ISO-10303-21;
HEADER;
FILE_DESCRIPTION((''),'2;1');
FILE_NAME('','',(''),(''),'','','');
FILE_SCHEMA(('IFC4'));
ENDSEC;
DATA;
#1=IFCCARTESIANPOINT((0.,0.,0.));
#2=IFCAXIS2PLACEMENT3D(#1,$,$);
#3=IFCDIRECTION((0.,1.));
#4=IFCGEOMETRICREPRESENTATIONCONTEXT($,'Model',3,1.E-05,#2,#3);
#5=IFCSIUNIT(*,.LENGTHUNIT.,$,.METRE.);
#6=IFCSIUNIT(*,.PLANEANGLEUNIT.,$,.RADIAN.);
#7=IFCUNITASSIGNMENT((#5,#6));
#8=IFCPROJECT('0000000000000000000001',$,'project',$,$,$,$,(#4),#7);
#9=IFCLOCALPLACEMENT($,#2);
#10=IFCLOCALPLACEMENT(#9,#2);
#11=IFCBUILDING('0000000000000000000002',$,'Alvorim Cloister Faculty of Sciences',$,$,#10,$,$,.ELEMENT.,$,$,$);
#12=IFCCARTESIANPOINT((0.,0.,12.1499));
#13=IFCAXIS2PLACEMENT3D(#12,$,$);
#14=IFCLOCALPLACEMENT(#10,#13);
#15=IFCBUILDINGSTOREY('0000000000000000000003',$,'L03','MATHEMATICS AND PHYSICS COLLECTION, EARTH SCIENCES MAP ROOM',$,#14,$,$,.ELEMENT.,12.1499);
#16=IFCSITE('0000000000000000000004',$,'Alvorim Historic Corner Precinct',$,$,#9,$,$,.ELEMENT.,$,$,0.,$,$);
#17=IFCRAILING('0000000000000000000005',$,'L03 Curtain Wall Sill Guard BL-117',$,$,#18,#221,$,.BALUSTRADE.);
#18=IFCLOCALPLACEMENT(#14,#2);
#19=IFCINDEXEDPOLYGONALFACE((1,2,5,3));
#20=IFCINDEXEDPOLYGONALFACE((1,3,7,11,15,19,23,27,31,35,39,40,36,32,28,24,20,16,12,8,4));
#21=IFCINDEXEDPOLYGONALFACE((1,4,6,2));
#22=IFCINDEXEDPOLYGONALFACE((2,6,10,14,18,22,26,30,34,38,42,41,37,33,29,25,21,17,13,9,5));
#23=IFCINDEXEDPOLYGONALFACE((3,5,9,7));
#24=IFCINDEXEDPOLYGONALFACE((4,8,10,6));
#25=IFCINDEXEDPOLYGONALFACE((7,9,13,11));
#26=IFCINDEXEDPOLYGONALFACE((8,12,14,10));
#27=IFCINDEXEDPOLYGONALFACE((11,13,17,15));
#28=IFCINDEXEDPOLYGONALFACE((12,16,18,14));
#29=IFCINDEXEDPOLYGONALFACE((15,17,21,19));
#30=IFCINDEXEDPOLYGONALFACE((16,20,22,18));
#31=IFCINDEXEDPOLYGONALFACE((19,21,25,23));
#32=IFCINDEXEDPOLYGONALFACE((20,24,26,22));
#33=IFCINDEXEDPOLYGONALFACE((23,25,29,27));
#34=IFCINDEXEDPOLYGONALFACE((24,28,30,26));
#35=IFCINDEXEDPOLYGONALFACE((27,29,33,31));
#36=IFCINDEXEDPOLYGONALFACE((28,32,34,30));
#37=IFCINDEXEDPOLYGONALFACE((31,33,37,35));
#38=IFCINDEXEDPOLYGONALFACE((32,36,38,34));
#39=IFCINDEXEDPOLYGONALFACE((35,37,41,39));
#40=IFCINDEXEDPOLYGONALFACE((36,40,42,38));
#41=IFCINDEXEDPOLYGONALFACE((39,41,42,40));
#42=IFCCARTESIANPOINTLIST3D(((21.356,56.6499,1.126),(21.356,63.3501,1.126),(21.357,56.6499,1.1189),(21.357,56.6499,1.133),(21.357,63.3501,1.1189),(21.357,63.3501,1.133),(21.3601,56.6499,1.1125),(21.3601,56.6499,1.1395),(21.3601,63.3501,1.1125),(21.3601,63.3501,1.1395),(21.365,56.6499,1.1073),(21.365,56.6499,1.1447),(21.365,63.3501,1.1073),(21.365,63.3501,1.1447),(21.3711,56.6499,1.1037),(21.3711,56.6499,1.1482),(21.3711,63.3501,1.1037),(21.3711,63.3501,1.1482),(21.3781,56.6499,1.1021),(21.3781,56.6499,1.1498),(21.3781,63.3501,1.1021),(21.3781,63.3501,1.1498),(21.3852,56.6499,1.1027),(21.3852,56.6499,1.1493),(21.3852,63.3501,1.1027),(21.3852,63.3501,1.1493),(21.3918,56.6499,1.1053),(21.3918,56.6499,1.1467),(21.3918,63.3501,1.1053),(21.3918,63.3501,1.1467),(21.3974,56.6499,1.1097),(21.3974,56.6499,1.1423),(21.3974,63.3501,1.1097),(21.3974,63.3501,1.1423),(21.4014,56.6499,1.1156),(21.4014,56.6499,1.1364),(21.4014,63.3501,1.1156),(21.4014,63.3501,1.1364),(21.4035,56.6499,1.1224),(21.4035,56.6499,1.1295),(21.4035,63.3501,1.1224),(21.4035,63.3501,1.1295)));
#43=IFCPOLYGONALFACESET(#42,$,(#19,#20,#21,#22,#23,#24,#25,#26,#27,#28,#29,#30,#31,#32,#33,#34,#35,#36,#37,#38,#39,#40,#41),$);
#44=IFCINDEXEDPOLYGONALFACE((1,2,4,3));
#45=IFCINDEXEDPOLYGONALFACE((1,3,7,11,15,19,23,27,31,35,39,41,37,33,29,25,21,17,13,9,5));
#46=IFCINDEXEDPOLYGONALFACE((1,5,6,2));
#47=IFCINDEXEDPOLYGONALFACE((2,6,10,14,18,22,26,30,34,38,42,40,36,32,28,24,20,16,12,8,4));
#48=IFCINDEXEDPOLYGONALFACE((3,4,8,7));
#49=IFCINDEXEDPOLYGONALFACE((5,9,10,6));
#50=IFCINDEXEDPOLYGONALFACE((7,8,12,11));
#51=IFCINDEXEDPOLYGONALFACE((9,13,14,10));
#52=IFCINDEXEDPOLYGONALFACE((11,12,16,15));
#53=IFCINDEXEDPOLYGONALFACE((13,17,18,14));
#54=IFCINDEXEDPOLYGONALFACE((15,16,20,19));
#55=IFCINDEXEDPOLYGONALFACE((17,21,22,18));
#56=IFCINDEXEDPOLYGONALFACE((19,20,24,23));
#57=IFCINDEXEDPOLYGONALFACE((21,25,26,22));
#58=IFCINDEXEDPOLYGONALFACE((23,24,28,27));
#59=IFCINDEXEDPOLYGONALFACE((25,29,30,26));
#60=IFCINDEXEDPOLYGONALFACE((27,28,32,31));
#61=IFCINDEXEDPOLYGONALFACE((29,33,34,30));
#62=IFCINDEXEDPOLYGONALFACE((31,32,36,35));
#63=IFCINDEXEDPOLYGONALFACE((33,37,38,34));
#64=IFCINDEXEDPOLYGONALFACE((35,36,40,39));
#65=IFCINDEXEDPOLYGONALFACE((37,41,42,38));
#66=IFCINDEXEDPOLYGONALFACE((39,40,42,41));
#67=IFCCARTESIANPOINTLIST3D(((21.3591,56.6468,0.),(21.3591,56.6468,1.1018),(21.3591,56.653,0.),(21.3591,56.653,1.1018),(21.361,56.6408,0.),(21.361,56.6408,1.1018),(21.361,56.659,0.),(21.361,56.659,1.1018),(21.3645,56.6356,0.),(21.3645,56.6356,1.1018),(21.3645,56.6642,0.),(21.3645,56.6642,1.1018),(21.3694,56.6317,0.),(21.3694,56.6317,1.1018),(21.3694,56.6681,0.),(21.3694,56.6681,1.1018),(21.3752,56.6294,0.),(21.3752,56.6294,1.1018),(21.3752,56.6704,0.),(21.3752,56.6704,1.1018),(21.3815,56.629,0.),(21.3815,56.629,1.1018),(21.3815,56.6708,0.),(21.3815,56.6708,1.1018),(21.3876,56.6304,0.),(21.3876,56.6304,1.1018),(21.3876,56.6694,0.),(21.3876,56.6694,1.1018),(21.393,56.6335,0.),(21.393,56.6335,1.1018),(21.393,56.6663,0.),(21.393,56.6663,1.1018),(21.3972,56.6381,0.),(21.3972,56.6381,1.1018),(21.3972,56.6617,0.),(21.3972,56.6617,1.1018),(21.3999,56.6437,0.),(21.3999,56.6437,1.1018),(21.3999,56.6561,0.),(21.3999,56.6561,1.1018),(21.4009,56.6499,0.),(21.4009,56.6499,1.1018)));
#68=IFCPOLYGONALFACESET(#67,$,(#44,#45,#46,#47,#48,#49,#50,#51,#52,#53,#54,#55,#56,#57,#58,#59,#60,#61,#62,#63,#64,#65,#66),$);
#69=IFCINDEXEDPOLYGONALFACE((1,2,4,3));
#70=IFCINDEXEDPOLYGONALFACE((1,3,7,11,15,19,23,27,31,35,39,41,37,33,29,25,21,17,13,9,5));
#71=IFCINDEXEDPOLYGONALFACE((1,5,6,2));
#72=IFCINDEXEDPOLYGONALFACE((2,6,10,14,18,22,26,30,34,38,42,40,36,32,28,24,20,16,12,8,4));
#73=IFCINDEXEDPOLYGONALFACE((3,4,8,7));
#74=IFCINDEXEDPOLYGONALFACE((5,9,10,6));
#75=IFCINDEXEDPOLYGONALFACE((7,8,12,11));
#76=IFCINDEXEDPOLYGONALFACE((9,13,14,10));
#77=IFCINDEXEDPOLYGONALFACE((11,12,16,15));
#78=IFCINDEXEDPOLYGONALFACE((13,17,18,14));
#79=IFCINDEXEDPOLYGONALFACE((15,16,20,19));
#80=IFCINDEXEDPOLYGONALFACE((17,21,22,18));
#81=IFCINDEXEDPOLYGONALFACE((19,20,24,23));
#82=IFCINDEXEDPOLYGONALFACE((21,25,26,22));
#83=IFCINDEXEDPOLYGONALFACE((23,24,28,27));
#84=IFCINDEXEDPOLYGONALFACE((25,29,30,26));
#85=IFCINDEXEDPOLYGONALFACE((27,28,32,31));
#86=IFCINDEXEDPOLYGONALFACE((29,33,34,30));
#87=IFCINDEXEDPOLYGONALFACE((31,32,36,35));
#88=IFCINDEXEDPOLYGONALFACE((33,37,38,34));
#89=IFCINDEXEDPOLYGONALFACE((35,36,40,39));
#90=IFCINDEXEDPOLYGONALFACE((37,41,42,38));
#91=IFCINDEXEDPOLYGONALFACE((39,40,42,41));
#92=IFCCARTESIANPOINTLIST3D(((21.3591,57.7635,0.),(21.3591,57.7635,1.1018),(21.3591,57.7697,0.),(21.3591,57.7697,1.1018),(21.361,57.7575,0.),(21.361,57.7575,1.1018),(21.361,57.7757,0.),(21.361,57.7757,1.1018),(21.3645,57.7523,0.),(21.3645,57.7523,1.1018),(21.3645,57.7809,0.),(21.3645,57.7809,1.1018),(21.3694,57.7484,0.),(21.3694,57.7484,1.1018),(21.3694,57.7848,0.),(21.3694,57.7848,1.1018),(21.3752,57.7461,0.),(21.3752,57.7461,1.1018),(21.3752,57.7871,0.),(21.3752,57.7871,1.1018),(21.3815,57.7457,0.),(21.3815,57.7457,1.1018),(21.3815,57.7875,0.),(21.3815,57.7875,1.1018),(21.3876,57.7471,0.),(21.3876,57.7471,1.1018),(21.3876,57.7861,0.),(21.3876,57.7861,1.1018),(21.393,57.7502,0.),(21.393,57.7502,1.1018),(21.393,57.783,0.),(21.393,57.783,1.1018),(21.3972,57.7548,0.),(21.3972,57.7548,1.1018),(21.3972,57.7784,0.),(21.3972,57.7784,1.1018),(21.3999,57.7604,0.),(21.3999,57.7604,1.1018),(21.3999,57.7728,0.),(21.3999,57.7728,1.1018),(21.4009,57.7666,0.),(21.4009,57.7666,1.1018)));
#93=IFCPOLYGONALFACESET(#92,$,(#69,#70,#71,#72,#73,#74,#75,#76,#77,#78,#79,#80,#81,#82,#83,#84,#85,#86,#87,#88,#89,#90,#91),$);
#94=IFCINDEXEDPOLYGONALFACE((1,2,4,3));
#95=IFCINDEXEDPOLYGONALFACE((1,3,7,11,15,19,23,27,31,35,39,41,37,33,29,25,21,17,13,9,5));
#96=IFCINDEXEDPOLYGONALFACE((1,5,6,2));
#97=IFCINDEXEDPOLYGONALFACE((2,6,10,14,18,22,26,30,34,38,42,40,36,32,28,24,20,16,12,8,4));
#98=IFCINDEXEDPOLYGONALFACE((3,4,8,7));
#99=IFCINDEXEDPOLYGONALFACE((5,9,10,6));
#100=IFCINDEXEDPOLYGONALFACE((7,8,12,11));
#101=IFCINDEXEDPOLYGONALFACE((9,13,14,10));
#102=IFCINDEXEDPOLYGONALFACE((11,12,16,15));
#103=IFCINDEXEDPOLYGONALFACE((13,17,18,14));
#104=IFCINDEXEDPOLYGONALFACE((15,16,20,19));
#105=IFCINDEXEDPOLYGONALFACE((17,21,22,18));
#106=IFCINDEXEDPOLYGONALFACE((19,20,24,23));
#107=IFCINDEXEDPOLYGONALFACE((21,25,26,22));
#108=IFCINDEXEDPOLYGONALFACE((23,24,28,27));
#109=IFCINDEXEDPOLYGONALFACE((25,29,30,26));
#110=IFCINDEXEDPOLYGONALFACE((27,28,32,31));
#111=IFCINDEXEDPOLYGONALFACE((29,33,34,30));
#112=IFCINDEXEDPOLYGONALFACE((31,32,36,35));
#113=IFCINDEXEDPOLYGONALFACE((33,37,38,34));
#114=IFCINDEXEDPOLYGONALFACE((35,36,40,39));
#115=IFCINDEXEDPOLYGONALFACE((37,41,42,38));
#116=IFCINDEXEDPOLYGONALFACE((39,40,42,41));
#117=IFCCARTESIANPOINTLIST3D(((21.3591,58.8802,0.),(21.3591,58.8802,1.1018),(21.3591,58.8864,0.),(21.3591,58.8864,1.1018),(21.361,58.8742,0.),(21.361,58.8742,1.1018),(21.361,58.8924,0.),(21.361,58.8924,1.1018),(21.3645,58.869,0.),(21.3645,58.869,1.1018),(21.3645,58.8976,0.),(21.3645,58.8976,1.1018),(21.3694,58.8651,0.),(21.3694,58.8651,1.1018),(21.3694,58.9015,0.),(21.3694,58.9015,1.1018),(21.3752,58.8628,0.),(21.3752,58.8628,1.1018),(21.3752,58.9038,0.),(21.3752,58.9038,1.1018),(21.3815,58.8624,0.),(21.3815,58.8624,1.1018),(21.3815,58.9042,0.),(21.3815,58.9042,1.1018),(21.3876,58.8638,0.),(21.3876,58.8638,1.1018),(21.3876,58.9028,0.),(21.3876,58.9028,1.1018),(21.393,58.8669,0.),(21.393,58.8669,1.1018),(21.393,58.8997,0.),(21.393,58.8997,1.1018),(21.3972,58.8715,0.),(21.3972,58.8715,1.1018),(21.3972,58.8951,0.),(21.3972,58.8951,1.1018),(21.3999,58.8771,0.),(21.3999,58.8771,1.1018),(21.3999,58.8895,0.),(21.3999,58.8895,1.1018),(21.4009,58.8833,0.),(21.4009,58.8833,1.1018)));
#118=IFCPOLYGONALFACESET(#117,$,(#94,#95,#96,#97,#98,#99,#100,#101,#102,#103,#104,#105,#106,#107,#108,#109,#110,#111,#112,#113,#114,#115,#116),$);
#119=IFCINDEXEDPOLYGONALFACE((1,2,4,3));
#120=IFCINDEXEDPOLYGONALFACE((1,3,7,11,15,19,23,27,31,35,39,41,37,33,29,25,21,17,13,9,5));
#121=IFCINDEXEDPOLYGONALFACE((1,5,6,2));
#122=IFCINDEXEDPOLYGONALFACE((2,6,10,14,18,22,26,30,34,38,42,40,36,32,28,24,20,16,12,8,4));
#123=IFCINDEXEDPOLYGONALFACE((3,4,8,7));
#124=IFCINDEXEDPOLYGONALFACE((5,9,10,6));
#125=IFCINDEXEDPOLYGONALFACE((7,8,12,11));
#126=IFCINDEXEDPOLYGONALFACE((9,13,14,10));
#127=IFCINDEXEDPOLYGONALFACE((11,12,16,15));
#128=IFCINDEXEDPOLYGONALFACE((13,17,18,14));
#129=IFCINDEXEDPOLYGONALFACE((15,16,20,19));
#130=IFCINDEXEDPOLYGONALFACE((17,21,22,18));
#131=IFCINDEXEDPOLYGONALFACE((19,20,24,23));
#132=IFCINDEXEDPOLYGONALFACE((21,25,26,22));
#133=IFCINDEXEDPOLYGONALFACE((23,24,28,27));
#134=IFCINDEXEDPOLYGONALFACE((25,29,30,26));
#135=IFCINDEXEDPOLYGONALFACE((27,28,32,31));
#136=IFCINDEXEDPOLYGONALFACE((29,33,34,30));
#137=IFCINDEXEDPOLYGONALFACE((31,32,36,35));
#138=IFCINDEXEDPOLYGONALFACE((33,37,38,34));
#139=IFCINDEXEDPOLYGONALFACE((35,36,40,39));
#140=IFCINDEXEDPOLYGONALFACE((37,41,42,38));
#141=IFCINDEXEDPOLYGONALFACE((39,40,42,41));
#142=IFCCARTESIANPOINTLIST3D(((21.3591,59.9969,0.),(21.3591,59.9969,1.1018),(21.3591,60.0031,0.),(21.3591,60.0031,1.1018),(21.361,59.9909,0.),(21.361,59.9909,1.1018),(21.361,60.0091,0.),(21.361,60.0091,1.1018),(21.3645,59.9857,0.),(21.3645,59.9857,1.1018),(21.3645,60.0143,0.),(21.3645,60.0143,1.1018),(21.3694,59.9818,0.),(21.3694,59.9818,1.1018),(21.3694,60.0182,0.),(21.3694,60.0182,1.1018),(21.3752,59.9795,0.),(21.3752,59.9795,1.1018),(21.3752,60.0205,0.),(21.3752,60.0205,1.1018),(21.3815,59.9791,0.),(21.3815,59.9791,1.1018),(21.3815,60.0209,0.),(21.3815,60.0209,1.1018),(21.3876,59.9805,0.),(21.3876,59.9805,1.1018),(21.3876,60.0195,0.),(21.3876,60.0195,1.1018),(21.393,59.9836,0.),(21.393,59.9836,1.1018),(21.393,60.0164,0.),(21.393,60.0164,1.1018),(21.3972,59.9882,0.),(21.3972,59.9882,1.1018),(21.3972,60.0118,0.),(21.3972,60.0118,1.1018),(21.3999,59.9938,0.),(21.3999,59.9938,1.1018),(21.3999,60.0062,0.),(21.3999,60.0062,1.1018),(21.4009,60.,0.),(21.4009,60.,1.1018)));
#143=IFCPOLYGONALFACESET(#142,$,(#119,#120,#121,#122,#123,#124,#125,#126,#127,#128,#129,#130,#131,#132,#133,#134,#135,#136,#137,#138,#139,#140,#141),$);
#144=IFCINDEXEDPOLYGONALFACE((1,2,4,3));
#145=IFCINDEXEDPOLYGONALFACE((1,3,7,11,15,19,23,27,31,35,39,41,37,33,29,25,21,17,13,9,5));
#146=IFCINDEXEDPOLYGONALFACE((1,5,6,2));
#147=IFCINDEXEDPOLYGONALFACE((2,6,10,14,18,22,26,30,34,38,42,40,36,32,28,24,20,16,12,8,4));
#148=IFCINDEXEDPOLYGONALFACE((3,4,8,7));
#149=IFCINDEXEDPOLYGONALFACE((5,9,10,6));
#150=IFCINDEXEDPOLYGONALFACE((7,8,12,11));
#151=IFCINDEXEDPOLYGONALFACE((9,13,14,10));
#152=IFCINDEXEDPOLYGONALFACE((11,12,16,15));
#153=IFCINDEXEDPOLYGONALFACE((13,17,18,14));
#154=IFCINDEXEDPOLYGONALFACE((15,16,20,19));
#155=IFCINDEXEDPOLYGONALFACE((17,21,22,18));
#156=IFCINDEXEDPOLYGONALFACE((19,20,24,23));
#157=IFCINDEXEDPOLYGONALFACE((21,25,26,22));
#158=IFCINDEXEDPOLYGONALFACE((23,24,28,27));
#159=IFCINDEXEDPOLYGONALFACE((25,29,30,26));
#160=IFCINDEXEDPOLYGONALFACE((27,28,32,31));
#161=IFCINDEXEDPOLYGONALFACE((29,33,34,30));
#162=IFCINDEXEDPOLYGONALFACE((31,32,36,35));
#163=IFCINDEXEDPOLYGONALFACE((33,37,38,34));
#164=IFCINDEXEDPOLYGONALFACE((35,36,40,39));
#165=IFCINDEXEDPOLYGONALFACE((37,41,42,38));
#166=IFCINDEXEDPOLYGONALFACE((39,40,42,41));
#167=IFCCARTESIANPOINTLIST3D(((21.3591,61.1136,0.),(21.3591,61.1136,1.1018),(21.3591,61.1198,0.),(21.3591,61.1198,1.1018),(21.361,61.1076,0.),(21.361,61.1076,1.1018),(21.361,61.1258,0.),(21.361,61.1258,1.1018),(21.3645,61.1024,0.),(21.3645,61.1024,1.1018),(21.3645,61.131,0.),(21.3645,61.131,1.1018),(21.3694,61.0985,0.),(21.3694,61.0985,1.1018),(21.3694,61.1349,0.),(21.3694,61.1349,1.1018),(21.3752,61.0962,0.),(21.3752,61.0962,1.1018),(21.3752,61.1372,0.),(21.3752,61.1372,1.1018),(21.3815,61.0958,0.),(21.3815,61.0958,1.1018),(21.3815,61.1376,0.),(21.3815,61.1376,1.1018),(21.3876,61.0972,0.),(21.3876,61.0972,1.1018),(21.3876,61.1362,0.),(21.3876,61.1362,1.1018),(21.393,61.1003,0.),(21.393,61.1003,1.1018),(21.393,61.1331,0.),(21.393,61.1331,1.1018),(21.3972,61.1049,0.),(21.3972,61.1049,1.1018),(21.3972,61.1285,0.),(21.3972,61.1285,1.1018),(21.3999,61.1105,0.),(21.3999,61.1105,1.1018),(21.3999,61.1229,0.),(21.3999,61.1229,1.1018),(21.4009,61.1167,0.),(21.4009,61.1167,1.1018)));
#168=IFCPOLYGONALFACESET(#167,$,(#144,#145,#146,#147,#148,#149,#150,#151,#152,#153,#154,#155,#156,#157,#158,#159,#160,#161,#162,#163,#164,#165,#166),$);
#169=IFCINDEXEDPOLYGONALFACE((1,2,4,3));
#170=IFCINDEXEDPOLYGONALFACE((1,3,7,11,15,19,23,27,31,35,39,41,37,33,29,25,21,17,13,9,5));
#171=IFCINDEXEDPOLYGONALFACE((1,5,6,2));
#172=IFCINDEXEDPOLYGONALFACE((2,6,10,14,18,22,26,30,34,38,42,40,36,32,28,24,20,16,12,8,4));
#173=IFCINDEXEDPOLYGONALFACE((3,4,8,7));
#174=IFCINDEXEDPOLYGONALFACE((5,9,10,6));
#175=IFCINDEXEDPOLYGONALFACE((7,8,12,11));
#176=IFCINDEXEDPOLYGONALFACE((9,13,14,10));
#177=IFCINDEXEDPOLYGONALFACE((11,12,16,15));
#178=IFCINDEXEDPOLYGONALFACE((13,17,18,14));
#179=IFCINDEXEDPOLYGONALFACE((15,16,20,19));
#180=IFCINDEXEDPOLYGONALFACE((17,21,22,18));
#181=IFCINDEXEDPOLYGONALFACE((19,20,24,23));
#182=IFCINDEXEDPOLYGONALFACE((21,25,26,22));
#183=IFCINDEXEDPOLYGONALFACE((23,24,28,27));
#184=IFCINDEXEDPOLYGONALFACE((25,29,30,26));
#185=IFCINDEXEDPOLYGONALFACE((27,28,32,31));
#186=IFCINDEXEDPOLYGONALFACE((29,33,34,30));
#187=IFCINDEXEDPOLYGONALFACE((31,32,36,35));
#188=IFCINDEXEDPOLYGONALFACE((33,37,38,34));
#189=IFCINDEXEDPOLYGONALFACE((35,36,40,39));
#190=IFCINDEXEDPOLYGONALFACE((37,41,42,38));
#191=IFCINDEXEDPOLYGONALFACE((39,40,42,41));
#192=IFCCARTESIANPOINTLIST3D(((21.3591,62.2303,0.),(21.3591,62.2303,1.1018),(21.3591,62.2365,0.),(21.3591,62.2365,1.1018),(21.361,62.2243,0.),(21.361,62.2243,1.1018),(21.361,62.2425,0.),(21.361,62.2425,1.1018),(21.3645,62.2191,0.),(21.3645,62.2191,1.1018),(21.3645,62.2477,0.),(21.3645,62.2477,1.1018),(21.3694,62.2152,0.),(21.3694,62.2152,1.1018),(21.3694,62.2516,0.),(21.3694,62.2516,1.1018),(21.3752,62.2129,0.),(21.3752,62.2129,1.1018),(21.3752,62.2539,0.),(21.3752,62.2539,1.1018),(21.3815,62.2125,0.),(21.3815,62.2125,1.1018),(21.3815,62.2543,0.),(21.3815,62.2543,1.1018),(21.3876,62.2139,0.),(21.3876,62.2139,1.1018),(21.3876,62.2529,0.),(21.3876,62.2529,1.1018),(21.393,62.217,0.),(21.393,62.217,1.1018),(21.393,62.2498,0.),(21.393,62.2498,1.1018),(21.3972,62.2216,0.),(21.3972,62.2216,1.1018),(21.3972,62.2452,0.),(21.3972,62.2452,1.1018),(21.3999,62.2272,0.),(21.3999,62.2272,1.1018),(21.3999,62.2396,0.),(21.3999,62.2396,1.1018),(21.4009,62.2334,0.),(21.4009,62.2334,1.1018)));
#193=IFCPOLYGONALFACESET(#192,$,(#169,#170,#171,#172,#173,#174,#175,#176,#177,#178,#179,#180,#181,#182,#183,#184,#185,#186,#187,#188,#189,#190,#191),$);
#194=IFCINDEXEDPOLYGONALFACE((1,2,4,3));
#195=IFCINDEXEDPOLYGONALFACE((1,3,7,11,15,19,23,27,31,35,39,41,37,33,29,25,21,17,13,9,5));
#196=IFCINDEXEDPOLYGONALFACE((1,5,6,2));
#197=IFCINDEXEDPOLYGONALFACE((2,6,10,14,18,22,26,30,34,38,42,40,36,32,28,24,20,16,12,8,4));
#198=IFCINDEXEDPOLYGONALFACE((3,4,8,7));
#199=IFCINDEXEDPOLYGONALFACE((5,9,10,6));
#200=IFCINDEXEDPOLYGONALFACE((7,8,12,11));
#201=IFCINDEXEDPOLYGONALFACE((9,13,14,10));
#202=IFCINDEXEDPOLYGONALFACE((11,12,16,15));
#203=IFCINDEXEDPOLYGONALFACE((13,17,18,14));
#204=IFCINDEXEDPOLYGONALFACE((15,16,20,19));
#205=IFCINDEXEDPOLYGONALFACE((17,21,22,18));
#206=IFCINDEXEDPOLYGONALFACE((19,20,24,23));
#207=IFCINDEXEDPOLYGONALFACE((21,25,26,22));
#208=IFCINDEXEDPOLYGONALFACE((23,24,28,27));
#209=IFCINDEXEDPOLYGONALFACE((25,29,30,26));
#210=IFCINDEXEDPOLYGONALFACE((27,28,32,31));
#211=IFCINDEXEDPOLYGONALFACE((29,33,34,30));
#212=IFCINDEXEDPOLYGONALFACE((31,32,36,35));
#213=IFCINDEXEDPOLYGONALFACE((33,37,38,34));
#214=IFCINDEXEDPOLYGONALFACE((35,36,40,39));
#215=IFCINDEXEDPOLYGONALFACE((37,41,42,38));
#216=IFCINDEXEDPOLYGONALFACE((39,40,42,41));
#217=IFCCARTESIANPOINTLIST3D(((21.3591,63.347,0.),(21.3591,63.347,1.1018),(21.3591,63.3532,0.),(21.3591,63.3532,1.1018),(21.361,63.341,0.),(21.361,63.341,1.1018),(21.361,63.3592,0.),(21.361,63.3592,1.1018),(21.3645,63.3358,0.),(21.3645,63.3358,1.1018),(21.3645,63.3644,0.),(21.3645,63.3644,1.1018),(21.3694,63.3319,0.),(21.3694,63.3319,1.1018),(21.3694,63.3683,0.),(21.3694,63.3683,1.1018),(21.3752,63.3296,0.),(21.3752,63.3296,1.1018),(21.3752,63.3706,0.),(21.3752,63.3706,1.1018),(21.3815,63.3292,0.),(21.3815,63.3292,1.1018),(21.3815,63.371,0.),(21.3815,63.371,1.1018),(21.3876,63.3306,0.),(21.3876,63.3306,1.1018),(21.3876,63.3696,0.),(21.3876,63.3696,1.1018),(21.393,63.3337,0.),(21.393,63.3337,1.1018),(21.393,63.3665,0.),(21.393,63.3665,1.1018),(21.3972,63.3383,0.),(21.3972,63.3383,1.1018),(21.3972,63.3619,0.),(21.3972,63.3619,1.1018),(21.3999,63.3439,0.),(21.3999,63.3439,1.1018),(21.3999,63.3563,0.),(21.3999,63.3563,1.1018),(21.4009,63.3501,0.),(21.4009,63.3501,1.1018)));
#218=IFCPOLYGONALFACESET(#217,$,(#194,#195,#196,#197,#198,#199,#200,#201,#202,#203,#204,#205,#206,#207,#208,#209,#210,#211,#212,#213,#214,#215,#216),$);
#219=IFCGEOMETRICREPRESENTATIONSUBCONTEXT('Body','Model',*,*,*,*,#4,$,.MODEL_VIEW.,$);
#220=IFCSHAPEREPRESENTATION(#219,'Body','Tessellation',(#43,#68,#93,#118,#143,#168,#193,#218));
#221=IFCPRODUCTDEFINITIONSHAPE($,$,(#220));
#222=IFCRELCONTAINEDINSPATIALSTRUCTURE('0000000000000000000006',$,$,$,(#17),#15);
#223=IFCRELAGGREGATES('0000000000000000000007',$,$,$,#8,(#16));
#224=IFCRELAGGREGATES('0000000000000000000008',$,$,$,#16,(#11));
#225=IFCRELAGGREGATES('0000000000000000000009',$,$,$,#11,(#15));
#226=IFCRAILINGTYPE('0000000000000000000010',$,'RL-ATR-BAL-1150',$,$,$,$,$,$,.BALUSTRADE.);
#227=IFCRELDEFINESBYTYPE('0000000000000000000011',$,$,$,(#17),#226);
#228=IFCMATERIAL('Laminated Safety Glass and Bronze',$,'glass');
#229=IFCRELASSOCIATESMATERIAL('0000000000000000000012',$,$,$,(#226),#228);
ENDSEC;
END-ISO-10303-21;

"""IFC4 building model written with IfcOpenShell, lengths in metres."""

from ifc_helpers import new_model, si_unit, direction, frame, origin, origin_2d, place, context, subcontext, project, spatial, circle, extrude, material, type_object, element, save


model = new_model("IFC4")

# Units and contexts
model_context = context("Model", 3, precision=1e-05, world=origin(), true_north=direction((0.0, 1.0)))
body_context = subcontext(model_context, "Body", "Model", "MODEL_VIEW")
ifc_project = project(units=[si_unit("LENGTHUNIT", "METRE"), si_unit("PLANEANGLEUNIT", "RADIAN")], contexts=[model_context])

# Site, building, storey
site_placement = place(None, origin())
site = spatial("IfcSite", under=ifc_project, at=site_placement, Name="Alvorim Historic Corner Precinct", CompositionType="ELEMENT", RefElevation=0.0)
building_placement = place(site_placement, origin())
building = spatial("IfcBuilding", under=site, at=building_placement, Name="Alvorim Cloister Faculty of Sciences", CompositionType="ELEMENT")
storey_placement = place(building_placement, frame((0.0, 0.0, 12.1499)))
storey = spatial("IfcBuildingStorey", under=building, at=storey_placement, Name="L03", Description="MATHEMATICS AND PHYSICS COLLECTION, EARTH SCIENCES MAP ROOM", CompositionType="ELEMENT", Elevation=12.1499)

# Railing
ifc_material_1 = material(Name="Laminated Safety Glass and Bronze", Category="glass")
railing_type = type_object("IfcRailingType", Name="RL-ATR-BAL-1150", PredefinedType="BALUSTRADE", material=ifc_material_1)
railing_placement = place(storey_placement, frame((21.3799, 56.6499, 0.0)))
element("IfcRailing", 1, at=railing_placement, inside=storey, type_object=railing_type, Name="L03 Curtain Wall Sill Guard BL-117", PredefinedType="BALUSTRADE", context=body_context, shape_type="SweptSolid", body=[
    extrude(circle(Radius=0.0239, at=origin_2d()), frame((0.0, 0.0, 1.126), z_axis=(0.0, 1.0, 0.0), x_axis=(-1.0, 0.0, 0.0)), (0.0, 0.0, 1.0), 6.7002),
    extrude(circle(Radius=0.021, at=origin_2d()), origin(), (0.0, 0.0, 1.0), 1.1018),
    extrude(circle(Radius=0.021, at=origin_2d()), frame((0.0, 1.1167, 0.0)), (0.0, 0.0, 1.0), 1.1018),
    extrude(circle(Radius=0.021, at=origin_2d()), frame((0.0, 2.2334, 0.0)), (0.0, 0.0, 1.0), 1.1018),
    extrude(circle(Radius=0.021, at=origin_2d()), frame((0.0, 3.3501, 0.0)), (0.0, 0.0, 1.0), 1.1018),
    extrude(circle(Radius=0.021, at=origin_2d()), frame((0.0, 4.4668, 0.0)), (0.0, 0.0, 1.0), 1.1018),
    extrude(circle(Radius=0.021, at=origin_2d()), frame((0.0, 5.5835, 0.0)), (0.0, 0.0, 1.0), 1.1018),
    extrude(circle(Radius=0.021, at=origin_2d()), frame((0.0, 6.7002, 0.0)), (0.0, 0.0, 1.0), 1.1018),
])

save(model, "model.ifc")
